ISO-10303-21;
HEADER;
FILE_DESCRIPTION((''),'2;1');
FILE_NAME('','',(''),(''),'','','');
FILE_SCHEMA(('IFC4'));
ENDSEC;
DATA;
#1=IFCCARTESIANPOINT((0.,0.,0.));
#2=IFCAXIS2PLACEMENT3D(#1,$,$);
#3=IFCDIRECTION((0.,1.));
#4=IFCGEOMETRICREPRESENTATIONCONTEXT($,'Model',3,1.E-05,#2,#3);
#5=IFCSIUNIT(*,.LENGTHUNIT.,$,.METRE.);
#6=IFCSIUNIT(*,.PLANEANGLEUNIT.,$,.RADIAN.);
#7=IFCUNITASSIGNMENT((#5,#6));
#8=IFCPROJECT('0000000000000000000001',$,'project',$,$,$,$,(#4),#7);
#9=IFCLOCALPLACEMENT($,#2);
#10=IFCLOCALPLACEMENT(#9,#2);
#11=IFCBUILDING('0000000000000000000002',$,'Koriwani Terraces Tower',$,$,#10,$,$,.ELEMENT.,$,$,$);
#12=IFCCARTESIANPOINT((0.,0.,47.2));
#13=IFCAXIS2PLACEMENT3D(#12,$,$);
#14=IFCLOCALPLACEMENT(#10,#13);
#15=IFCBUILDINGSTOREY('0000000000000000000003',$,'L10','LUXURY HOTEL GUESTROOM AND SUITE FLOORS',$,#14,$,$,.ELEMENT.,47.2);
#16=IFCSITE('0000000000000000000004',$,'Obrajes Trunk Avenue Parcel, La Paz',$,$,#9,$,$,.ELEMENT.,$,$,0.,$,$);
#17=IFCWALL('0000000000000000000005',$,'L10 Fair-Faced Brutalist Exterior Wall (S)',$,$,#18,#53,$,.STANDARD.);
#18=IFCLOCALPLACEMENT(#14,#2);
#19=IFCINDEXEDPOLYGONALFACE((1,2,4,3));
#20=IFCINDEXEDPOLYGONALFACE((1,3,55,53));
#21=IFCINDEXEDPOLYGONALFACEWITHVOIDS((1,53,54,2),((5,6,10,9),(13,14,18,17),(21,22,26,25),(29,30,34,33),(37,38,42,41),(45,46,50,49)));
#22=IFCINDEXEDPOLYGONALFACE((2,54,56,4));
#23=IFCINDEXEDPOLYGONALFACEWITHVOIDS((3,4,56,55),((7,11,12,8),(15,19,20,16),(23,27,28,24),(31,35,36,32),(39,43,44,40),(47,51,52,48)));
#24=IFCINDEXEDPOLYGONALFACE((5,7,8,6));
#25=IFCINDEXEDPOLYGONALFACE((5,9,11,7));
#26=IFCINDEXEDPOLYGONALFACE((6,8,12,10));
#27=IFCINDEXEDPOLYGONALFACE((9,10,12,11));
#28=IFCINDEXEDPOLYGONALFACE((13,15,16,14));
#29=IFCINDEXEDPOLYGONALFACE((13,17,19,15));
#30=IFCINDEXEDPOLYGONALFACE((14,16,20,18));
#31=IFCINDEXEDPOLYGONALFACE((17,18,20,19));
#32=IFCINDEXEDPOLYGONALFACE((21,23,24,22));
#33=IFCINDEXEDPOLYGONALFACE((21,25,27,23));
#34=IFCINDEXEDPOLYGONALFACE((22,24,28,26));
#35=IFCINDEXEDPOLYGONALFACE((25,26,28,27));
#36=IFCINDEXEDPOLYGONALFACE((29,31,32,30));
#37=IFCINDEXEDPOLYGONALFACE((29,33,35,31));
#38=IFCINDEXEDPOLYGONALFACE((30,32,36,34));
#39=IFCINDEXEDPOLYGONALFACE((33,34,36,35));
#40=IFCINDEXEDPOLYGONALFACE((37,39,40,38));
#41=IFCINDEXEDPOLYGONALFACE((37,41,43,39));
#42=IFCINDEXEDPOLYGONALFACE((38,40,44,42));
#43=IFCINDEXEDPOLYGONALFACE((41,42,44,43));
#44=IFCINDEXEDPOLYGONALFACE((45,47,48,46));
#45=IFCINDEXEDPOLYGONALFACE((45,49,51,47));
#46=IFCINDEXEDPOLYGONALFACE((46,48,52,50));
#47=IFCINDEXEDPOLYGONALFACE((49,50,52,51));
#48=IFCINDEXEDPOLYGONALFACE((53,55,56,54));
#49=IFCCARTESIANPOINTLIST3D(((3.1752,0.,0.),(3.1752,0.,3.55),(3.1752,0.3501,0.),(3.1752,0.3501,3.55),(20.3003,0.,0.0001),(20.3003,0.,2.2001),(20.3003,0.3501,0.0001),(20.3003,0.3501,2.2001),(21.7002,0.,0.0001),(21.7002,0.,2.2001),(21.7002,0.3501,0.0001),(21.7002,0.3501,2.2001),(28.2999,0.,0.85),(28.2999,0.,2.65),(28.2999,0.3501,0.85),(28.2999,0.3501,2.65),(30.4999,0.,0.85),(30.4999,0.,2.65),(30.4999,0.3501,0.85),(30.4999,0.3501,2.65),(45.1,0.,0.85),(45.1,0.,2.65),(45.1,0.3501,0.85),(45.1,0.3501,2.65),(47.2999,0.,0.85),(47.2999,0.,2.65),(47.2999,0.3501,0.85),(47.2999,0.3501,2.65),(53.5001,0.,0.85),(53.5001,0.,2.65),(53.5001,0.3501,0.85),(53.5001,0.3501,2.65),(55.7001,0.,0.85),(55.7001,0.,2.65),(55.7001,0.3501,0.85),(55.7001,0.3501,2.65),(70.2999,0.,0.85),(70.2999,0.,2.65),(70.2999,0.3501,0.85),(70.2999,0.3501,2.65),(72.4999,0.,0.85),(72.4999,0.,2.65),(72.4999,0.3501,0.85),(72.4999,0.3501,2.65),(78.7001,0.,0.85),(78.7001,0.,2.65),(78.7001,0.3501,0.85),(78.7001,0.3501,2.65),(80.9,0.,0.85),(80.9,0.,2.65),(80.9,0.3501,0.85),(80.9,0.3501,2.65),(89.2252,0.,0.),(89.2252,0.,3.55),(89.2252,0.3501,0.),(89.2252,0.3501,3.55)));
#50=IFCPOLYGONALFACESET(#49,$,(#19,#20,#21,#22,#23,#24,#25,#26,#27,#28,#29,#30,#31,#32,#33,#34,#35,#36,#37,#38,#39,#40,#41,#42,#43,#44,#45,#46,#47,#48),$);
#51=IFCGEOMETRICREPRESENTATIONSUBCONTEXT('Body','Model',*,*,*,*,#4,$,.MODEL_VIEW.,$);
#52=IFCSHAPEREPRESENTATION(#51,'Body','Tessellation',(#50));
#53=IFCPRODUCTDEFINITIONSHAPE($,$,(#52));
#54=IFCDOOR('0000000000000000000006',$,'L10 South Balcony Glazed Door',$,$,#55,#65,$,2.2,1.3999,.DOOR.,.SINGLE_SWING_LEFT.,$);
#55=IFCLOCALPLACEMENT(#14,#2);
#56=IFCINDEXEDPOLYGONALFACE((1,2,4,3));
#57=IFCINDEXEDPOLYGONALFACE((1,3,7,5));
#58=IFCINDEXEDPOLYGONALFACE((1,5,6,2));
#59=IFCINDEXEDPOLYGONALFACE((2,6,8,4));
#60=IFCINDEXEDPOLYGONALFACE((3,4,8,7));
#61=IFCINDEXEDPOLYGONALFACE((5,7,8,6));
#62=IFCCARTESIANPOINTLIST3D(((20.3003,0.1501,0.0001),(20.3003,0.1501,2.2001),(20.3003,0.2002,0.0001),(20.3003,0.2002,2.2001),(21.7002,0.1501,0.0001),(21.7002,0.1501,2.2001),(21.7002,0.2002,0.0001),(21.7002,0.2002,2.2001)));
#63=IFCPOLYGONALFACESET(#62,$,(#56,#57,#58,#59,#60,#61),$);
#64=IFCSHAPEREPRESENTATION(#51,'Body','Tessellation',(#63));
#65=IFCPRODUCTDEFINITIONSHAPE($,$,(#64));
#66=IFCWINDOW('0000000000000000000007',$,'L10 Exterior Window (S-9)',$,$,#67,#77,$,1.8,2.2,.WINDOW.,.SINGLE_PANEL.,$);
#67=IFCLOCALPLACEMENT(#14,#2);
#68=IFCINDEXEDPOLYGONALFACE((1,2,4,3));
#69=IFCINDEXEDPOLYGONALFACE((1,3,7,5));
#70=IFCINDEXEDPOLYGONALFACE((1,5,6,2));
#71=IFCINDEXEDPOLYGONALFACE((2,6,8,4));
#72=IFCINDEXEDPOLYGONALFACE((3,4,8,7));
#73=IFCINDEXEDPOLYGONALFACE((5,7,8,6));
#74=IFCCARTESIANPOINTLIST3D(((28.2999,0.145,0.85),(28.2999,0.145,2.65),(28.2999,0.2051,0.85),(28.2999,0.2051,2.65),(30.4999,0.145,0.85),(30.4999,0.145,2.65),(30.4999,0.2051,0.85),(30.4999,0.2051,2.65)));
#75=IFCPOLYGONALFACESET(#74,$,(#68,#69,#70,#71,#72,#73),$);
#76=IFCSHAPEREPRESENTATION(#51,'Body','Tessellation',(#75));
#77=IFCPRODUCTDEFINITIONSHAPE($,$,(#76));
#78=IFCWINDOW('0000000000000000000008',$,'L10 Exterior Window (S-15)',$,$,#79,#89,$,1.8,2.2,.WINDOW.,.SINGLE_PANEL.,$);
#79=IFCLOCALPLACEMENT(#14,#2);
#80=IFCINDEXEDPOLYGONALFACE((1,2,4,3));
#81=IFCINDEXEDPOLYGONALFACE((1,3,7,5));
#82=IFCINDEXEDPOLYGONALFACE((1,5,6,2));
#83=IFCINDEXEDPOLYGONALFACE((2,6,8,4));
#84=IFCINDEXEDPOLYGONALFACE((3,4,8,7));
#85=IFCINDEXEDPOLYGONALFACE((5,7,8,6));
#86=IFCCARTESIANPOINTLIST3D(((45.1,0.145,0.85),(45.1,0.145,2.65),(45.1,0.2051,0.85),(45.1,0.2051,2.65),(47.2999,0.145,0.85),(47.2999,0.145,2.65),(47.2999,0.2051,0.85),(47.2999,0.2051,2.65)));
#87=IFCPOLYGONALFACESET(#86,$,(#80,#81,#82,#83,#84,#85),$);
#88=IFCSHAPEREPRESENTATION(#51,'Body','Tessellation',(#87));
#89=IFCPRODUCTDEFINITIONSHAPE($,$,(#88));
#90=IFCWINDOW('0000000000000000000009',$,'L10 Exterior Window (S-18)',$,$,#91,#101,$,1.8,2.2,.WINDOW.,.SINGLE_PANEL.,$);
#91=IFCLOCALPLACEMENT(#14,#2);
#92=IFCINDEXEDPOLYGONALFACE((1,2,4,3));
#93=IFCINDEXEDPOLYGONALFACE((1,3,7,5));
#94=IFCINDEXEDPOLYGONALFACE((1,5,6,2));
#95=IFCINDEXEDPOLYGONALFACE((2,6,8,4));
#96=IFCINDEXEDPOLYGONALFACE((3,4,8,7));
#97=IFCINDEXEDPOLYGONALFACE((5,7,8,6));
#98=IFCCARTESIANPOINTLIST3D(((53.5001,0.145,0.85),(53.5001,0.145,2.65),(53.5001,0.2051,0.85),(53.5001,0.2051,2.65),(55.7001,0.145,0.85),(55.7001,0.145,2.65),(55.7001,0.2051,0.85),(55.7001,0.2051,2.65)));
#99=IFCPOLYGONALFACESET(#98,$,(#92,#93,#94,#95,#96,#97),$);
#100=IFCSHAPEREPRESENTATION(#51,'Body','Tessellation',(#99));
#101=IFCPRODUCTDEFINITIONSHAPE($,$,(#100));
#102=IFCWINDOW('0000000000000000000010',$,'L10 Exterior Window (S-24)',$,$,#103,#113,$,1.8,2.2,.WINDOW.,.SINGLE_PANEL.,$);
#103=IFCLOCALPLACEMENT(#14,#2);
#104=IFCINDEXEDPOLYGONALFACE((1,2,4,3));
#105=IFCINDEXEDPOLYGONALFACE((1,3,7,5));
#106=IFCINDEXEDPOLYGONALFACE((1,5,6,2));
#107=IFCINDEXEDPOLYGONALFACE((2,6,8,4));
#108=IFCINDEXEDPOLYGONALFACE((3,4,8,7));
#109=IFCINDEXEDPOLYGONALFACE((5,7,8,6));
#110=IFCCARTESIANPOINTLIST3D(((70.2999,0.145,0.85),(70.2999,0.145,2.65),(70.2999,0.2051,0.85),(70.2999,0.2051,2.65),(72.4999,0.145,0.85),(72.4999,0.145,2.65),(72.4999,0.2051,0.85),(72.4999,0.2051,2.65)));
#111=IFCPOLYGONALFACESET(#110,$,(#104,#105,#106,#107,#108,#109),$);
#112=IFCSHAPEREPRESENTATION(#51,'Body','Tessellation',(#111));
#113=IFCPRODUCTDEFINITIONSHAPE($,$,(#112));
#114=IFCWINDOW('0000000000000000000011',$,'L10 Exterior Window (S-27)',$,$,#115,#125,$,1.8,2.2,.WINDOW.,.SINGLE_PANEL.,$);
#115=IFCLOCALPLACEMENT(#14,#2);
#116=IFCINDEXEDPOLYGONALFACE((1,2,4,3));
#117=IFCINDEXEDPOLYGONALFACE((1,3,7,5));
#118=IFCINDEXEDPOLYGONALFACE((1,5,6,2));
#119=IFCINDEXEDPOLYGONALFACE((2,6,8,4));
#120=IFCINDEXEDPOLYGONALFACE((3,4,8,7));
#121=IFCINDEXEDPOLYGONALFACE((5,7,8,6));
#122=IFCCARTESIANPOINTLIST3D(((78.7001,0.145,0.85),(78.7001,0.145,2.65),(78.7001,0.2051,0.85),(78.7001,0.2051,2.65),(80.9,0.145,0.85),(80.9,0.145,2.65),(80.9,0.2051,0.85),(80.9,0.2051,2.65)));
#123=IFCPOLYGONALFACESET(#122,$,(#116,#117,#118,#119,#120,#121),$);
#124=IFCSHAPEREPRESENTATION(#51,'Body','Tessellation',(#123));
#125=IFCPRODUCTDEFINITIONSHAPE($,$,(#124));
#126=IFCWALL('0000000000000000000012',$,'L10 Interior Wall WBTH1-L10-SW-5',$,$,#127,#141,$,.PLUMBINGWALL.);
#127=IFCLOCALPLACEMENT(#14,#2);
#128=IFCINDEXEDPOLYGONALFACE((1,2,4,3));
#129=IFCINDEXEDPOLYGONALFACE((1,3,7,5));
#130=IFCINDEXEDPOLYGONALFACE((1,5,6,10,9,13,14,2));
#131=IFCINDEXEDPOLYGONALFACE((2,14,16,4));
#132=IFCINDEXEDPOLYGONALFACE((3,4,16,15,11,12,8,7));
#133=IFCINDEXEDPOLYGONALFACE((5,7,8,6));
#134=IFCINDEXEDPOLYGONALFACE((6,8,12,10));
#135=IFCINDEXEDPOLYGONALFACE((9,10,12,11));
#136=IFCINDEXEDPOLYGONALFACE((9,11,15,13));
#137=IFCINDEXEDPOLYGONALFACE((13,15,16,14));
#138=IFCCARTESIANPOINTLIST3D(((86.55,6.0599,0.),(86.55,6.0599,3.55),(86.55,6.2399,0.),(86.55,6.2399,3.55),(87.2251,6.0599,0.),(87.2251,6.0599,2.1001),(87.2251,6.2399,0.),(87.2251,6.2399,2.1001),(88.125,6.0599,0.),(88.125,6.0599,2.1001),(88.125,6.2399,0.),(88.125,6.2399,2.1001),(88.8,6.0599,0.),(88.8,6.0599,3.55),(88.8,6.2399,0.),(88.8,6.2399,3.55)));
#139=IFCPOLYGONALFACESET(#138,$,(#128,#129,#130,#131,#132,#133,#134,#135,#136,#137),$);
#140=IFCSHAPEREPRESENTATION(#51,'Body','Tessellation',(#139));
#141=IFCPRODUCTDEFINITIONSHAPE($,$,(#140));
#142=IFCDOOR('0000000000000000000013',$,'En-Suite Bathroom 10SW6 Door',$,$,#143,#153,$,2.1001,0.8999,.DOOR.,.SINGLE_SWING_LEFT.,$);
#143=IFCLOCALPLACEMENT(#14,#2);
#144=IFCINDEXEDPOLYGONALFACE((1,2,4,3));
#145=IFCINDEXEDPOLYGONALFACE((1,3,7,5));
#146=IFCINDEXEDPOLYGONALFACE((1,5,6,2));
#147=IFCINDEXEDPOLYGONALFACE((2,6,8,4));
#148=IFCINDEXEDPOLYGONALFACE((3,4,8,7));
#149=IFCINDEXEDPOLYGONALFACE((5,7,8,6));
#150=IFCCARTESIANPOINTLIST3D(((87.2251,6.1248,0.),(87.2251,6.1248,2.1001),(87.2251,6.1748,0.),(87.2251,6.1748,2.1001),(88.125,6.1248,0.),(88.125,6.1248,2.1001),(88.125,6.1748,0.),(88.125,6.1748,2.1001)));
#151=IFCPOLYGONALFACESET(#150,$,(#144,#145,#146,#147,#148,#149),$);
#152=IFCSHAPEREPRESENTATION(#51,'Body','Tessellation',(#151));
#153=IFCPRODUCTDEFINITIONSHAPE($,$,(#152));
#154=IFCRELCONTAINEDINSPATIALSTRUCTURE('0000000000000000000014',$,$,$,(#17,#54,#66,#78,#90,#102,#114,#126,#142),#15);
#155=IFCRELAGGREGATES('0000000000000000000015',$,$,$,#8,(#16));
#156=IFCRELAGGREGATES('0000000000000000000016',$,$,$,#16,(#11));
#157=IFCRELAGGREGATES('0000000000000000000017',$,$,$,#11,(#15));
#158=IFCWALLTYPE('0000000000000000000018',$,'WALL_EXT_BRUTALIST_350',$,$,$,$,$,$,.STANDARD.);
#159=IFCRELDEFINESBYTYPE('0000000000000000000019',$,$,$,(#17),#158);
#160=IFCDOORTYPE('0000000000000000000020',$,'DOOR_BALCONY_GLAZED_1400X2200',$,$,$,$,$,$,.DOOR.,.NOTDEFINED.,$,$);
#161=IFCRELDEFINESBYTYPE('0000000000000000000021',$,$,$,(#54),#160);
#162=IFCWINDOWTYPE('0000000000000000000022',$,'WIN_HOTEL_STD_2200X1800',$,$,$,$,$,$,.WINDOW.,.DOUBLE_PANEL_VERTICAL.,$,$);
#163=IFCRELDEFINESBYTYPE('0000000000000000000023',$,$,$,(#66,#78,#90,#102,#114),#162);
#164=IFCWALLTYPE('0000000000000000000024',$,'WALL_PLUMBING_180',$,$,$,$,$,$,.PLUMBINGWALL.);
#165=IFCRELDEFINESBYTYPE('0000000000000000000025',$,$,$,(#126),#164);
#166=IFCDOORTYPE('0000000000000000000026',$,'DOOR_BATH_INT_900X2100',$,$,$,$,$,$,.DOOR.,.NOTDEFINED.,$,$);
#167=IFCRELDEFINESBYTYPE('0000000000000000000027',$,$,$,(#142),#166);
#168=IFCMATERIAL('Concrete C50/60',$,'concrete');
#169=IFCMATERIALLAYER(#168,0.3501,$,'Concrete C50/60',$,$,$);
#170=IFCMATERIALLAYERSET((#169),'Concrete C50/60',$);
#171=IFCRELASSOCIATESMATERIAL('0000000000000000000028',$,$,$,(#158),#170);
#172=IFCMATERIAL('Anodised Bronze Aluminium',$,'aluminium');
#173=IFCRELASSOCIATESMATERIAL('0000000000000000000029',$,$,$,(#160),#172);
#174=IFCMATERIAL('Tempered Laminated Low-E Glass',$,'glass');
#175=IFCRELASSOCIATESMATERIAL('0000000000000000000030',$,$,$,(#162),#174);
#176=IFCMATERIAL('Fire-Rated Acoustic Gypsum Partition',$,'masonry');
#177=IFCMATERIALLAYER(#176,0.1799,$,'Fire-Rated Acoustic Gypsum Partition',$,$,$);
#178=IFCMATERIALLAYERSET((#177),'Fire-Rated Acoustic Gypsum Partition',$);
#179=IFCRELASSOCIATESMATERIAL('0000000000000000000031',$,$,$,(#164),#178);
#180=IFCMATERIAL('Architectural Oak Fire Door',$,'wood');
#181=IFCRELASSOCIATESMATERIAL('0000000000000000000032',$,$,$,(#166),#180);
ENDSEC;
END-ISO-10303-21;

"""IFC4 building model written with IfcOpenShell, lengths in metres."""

from ifc_helpers import new_model, si_unit, direction, frame, frame_2d, origin, place, context, subcontext, project, spatial, rectangle, extrude, material, layer, layer_set, type_object, element, fill, save


model = new_model("IFC4")

# Units and contexts
model_context = context("Model", 3, precision=1e-05, world=origin(), true_north=direction((0.0, 1.0)))
body_context = subcontext(model_context, "Body", "Model", "MODEL_VIEW")
ifc_project = project(units=[si_unit("LENGTHUNIT", "METRE"), si_unit("PLANEANGLEUNIT", "RADIAN")], contexts=[model_context])

# Site, building, storey
site_placement = place(None, origin())
site = spatial("IfcSite", under=ifc_project, at=site_placement, Name="Obrajes Trunk Avenue Parcel, La Paz", CompositionType="ELEMENT", RefElevation=0.0)
building_placement = place(site_placement, origin())
building = spatial("IfcBuilding", under=site, at=building_placement, Name="Koriwani Terraces Tower", CompositionType="ELEMENT")
storey_placement = place(building_placement, frame((0.0, 0.0, 47.2)))
storey = spatial("IfcBuildingStorey", under=building, at=storey_placement, Name="L10", Description="LUXURY HOTEL GUESTROOM AND SUITE FLOORS", CompositionType="ELEMENT", Elevation=47.2)

# Shared definitions
ifc_material_1 = material(Name="Concrete C50/60", Category="concrete")

# Shared definitions
ifc_layer_1 = layer(ifc_material_1, 0.3501, Name="Concrete C50/60")
ifc_layer_set_1 = layer_set([ifc_layer_1], Name="Concrete C50/60")
wall_type_1 = type_object("IfcWallType", Name="WALL_EXT_BRUTALIST_350", PredefinedType="STANDARD", material=ifc_layer_set_1)

# Shared definitions
ifc_material_2 = material(Name="Tempered Laminated Low-E Glass", Category="glass")

# Wall, openings, door, windows
wall_1_placement = place(storey_placement, frame((89.2251, 0.175, 0.0), z_axis=(0.0, 0.0, 1.0), x_axis=(-1.0, 0.0, 0.0)))
wall_1 = element("IfcWall", 1, at=wall_1_placement, inside=storey, type_object=wall_type_1, Name="L10 Fair-Faced Brutalist Exterior Wall (S)", PredefinedType="STANDARD", context=body_context, shape_type="SweptSolid", body=[
    extrude(rectangle(XDim=86.05, YDim=0.3501, at=frame_2d((43.0249, 0.0))), origin(), (0.0, 0.0, 1.0), 3.55),
])
opening_1_placement = place(wall_1_placement, frame((67.5249, 0.0, 0.0)))
opening_1 = element("IfcOpeningElement", 2, at=opening_1_placement, cuts=wall_1, PredefinedType="OPENING", context=body_context, shape_type="SweptSolid", body=[
    extrude(rectangle(XDim=1.3999, YDim=2.2, at=frame_2d((0.7, 1.1001))), frame((0.0, 0.1851, 0.0), z_axis=(0.0, -1.0, 0.0), x_axis=(1.0, 0.0, 0.0)), (0.0, 0.0, 1.0), 0.3701),
])
opening_2_placement = place(wall_1_placement, frame((58.7251, 0.0, 0.8501)))
opening_2 = element("IfcOpeningElement", 3, at=opening_2_placement, cuts=wall_1, PredefinedType="OPENING", context=body_context, shape_type="SweptSolid", body=[
    extrude(rectangle(XDim=2.2, YDim=1.8, at=frame_2d((1.1001, 0.8999))), frame((0.0, 0.1851, 0.0), z_axis=(0.0, -1.0, 0.0), x_axis=(1.0, 0.0, 0.0)), (0.0, 0.0, 1.0), 0.3701),
])
opening_3_placement = place(wall_1_placement, frame((41.925, 0.0, 0.8501)))
opening_3 = element("IfcOpeningElement", 4, at=opening_3_placement, cuts=wall_1, PredefinedType="OPENING", context=body_context, shape_type="SweptSolid", body=[
    extrude(rectangle(XDim=2.2, YDim=1.8, at=frame_2d((1.1001, 0.8999))), frame((0.0, 0.1851, 0.0), z_axis=(0.0, -1.0, 0.0), x_axis=(1.0, 0.0, 0.0)), (0.0, 0.0, 1.0), 0.3701),
])
opening_4_placement = place(wall_1_placement, frame((33.5249, 0.0, 0.8501)))
opening_4 = element("IfcOpeningElement", 5, at=opening_4_placement, cuts=wall_1, PredefinedType="OPENING", context=body_context, shape_type="SweptSolid", body=[
    extrude(rectangle(XDim=2.2, YDim=1.8, at=frame_2d((1.1001, 0.8999))), frame((0.0, 0.1851, 0.0), z_axis=(0.0, -1.0, 0.0), x_axis=(1.0, 0.0, 0.0)), (0.0, 0.0, 1.0), 0.3701),
])
opening_5_placement = place(wall_1_placement, frame((16.7251, 0.0, 0.8501)))
opening_5 = element("IfcOpeningElement", 6, at=opening_5_placement, cuts=wall_1, PredefinedType="OPENING", context=body_context, shape_type="SweptSolid", body=[
    extrude(rectangle(XDim=2.2, YDim=1.8, at=frame_2d((1.1001, 0.8999))), frame((0.0, 0.1851, 0.0), z_axis=(0.0, -1.0, 0.0), x_axis=(1.0, 0.0, 0.0)), (0.0, 0.0, 1.0), 0.3701),
])
opening_6_placement = place(wall_1_placement, frame((8.325, 0.0, 0.8501)))
opening_6 = element("IfcOpeningElement", 7, at=opening_6_placement, cuts=wall_1, PredefinedType="OPENING", context=body_context, shape_type="SweptSolid", body=[
    extrude(rectangle(XDim=2.2, YDim=1.8, at=frame_2d((1.1001, 0.8999))), frame((0.0, 0.1851, 0.0), z_axis=(0.0, -1.0, 0.0), x_axis=(1.0, 0.0, 0.0)), (0.0, 0.0, 1.0), 0.3701),
])
ifc_material_3 = material(Name="Anodised Bronze Aluminium", Category="aluminium")
door_type_1 = type_object("IfcDoorType", Name="DOOR_BALCONY_GLAZED_1400X2200", OperationType="NOTDEFINED", PredefinedType="DOOR", material=ifc_material_3)
door_1_placement = place(opening_1_placement, origin())
door_1 = element("IfcDoor", 8, at=door_1_placement, inside=storey, type_object=door_type_1, Name="L10 South Balcony Glazed Door", OperationType="SINGLE_SWING_LEFT", OverallHeight=2.2, OverallWidth=1.3999, PredefinedType="DOOR", context=body_context, shape_type="SweptSolid", body=[
    extrude(rectangle(XDim=1.3999, YDim=2.2, at=frame_2d((0.7, 1.1001))), frame((0.0, 0.0249, 0.0), z_axis=(0.0, -1.0, 0.0), x_axis=(1.0, 0.0, 0.0)), (0.0, 0.0, 1.0), 0.05),
])
fill(opening_1, door_1)
window_type_1 = type_object("IfcWindowType", Name="WIN_HOTEL_STD_2200X1800", PartitioningType="DOUBLE_PANEL_VERTICAL", PredefinedType="WINDOW", material=ifc_material_2)
window_1_placement = place(opening_2_placement, origin())
window_1 = element("IfcWindow", 9, at=window_1_placement, inside=storey, type_object=window_type_1, Name="L10 Exterior Window (S-9)", OverallHeight=1.8, OverallWidth=2.2, PartitioningType="SINGLE_PANEL", PredefinedType="WINDOW", context=body_context, shape_type="SweptSolid", body=[
    extrude(rectangle(XDim=2.2, YDim=1.8, at=frame_2d((1.1001, 0.8999))), frame((0.0, 0.03, 0.0), z_axis=(0.0, -1.0, 0.0), x_axis=(1.0, 0.0, 0.0)), (0.0, 0.0, 1.0), 0.0601),
])
fill(opening_2, window_1)
window_2_placement = place(opening_3_placement, origin())
window_2 = element("IfcWindow", 10, at=window_2_placement, inside=storey, type_object=window_type_1, Name="L10 Exterior Window (S-15)", OverallHeight=1.8, OverallWidth=2.2, PartitioningType="SINGLE_PANEL", PredefinedType="WINDOW", context=body_context, shape_type="SweptSolid", body=[
    extrude(rectangle(XDim=2.2, YDim=1.8, at=frame_2d((1.1001, 0.8999))), frame((0.0, 0.03, 0.0), z_axis=(0.0, -1.0, 0.0), x_axis=(1.0, 0.0, 0.0)), (0.0, 0.0, 1.0), 0.0601),
])
fill(opening_3, window_2)
window_3_placement = place(opening_4_placement, origin())
window_3 = element("IfcWindow", 11, at=window_3_placement, inside=storey, type_object=window_type_1, Name="L10 Exterior Window (S-18)", OverallHeight=1.8, OverallWidth=2.2, PartitioningType="SINGLE_PANEL", PredefinedType="WINDOW", context=body_context, shape_type="SweptSolid", body=[
    extrude(rectangle(XDim=2.2, YDim=1.8, at=frame_2d((1.1001, 0.8999))), frame((0.0, 0.03, 0.0), z_axis=(0.0, -1.0, 0.0), x_axis=(1.0, 0.0, 0.0)), (0.0, 0.0, 1.0), 0.0601),
])
fill(opening_4, window_3)
window_4_placement = place(opening_5_placement, origin())
window_4 = element("IfcWindow", 12, at=window_4_placement, inside=storey, type_object=window_type_1, Name="L10 Exterior Window (S-24)", OverallHeight=1.8, OverallWidth=2.2, PartitioningType="SINGLE_PANEL", PredefinedType="WINDOW", context=body_context, shape_type="SweptSolid", body=[
    extrude(rectangle(XDim=2.2, YDim=1.8, at=frame_2d((1.1001, 0.8999))), frame((0.0, 0.03, 0.0), z_axis=(0.0, -1.0, 0.0), x_axis=(1.0, 0.0, 0.0)), (0.0, 0.0, 1.0), 0.0601),
])
fill(opening_5, window_4)
window_5_placement = place(opening_6_placement, origin())
window_5 = element("IfcWindow", 13, at=window_5_placement, inside=storey, type_object=window_type_1, Name="L10 Exterior Window (S-27)", OverallHeight=1.8, OverallWidth=2.2, PartitioningType="SINGLE_PANEL", PredefinedType="WINDOW", context=body_context, shape_type="SweptSolid", body=[
    extrude(rectangle(XDim=2.2, YDim=1.8, at=frame_2d((1.1001, 0.8999))), frame((0.0, 0.03, 0.0), z_axis=(0.0, -1.0, 0.0), x_axis=(1.0, 0.0, 0.0)), (0.0, 0.0, 1.0), 0.0601),
])
fill(opening_6, window_5)

# Wall, opening, door
ifc_material_4 = material(Name="Fire-Rated Acoustic Gypsum Partition", Category="masonry")
ifc_layer_2 = layer(ifc_material_4, 0.1799, Name="Fire-Rated Acoustic Gypsum Partition")
ifc_layer_set_2 = layer_set([ifc_layer_2], Name="Fire-Rated Acoustic Gypsum Partition")
wall_type_2 = type_object("IfcWallType", Name="WALL_PLUMBING_180", PredefinedType="PLUMBINGWALL", material=ifc_layer_set_2)
wall_2_placement = place(storey_placement, frame((86.55, 6.1499, 0.0), z_axis=(0.0, 0.0, 1.0), x_axis=(1.0, 0.0, 0.0)))
wall_2 = element("IfcWall", 14, at=wall_2_placement, inside=storey, type_object=wall_type_2, Name="L10 Interior Wall WBTH1-L10-SW-5", PredefinedType="PLUMBINGWALL", context=body_context, shape_type="SweptSolid", body=[
    extrude(rectangle(XDim=2.25, YDim=0.1799, at=frame_2d((1.125, 0.0))), origin(), (0.0, 0.0, 1.0), 3.55),
])
opening_7_placement = place(wall_2_placement, frame((0.675, 0.0, 0.0)))
opening_7 = element("IfcOpeningElement", 15, at=opening_7_placement, cuts=wall_2, PredefinedType="OPENING", context=body_context, shape_type="SweptSolid", body=[
    extrude(rectangle(XDim=0.8999, YDim=2.1001, at=frame_2d((0.45, 1.05))), frame((0.0, 0.1001, 0.0), z_axis=(0.0, -1.0, 0.0), x_axis=(1.0, 0.0, 0.0)), (0.0, 0.0, 1.0), 0.2),
])
ifc_material_5 = material(Name="Architectural Oak Fire Door", Category="wood")
door_type_2 = type_object("IfcDoorType", Name="DOOR_BATH_INT_900X2100", OperationType="NOTDEFINED", PredefinedType="DOOR", material=ifc_material_5)
door_2_placement = place(opening_7_placement, origin())
door_2 = element("IfcDoor", 16, at=door_2_placement, inside=storey, type_object=door_type_2, Name="En-Suite Bathroom 10SW6 Door", OperationType="SINGLE_SWING_LEFT", OverallHeight=2.1001, OverallWidth=0.8999, PredefinedType="DOOR", context=body_context, shape_type="SweptSolid", body=[
    extrude(rectangle(XDim=0.8999, YDim=2.1001, at=frame_2d((0.45, 1.05))), frame((0.0, 0.0249, 0.0), z_axis=(0.0, -1.0, 0.0), x_axis=(1.0, 0.0, 0.0)), (0.0, 0.0, 1.0), 0.05),
])
fill(opening_7, door_2)

save(model, "model.ifc")
